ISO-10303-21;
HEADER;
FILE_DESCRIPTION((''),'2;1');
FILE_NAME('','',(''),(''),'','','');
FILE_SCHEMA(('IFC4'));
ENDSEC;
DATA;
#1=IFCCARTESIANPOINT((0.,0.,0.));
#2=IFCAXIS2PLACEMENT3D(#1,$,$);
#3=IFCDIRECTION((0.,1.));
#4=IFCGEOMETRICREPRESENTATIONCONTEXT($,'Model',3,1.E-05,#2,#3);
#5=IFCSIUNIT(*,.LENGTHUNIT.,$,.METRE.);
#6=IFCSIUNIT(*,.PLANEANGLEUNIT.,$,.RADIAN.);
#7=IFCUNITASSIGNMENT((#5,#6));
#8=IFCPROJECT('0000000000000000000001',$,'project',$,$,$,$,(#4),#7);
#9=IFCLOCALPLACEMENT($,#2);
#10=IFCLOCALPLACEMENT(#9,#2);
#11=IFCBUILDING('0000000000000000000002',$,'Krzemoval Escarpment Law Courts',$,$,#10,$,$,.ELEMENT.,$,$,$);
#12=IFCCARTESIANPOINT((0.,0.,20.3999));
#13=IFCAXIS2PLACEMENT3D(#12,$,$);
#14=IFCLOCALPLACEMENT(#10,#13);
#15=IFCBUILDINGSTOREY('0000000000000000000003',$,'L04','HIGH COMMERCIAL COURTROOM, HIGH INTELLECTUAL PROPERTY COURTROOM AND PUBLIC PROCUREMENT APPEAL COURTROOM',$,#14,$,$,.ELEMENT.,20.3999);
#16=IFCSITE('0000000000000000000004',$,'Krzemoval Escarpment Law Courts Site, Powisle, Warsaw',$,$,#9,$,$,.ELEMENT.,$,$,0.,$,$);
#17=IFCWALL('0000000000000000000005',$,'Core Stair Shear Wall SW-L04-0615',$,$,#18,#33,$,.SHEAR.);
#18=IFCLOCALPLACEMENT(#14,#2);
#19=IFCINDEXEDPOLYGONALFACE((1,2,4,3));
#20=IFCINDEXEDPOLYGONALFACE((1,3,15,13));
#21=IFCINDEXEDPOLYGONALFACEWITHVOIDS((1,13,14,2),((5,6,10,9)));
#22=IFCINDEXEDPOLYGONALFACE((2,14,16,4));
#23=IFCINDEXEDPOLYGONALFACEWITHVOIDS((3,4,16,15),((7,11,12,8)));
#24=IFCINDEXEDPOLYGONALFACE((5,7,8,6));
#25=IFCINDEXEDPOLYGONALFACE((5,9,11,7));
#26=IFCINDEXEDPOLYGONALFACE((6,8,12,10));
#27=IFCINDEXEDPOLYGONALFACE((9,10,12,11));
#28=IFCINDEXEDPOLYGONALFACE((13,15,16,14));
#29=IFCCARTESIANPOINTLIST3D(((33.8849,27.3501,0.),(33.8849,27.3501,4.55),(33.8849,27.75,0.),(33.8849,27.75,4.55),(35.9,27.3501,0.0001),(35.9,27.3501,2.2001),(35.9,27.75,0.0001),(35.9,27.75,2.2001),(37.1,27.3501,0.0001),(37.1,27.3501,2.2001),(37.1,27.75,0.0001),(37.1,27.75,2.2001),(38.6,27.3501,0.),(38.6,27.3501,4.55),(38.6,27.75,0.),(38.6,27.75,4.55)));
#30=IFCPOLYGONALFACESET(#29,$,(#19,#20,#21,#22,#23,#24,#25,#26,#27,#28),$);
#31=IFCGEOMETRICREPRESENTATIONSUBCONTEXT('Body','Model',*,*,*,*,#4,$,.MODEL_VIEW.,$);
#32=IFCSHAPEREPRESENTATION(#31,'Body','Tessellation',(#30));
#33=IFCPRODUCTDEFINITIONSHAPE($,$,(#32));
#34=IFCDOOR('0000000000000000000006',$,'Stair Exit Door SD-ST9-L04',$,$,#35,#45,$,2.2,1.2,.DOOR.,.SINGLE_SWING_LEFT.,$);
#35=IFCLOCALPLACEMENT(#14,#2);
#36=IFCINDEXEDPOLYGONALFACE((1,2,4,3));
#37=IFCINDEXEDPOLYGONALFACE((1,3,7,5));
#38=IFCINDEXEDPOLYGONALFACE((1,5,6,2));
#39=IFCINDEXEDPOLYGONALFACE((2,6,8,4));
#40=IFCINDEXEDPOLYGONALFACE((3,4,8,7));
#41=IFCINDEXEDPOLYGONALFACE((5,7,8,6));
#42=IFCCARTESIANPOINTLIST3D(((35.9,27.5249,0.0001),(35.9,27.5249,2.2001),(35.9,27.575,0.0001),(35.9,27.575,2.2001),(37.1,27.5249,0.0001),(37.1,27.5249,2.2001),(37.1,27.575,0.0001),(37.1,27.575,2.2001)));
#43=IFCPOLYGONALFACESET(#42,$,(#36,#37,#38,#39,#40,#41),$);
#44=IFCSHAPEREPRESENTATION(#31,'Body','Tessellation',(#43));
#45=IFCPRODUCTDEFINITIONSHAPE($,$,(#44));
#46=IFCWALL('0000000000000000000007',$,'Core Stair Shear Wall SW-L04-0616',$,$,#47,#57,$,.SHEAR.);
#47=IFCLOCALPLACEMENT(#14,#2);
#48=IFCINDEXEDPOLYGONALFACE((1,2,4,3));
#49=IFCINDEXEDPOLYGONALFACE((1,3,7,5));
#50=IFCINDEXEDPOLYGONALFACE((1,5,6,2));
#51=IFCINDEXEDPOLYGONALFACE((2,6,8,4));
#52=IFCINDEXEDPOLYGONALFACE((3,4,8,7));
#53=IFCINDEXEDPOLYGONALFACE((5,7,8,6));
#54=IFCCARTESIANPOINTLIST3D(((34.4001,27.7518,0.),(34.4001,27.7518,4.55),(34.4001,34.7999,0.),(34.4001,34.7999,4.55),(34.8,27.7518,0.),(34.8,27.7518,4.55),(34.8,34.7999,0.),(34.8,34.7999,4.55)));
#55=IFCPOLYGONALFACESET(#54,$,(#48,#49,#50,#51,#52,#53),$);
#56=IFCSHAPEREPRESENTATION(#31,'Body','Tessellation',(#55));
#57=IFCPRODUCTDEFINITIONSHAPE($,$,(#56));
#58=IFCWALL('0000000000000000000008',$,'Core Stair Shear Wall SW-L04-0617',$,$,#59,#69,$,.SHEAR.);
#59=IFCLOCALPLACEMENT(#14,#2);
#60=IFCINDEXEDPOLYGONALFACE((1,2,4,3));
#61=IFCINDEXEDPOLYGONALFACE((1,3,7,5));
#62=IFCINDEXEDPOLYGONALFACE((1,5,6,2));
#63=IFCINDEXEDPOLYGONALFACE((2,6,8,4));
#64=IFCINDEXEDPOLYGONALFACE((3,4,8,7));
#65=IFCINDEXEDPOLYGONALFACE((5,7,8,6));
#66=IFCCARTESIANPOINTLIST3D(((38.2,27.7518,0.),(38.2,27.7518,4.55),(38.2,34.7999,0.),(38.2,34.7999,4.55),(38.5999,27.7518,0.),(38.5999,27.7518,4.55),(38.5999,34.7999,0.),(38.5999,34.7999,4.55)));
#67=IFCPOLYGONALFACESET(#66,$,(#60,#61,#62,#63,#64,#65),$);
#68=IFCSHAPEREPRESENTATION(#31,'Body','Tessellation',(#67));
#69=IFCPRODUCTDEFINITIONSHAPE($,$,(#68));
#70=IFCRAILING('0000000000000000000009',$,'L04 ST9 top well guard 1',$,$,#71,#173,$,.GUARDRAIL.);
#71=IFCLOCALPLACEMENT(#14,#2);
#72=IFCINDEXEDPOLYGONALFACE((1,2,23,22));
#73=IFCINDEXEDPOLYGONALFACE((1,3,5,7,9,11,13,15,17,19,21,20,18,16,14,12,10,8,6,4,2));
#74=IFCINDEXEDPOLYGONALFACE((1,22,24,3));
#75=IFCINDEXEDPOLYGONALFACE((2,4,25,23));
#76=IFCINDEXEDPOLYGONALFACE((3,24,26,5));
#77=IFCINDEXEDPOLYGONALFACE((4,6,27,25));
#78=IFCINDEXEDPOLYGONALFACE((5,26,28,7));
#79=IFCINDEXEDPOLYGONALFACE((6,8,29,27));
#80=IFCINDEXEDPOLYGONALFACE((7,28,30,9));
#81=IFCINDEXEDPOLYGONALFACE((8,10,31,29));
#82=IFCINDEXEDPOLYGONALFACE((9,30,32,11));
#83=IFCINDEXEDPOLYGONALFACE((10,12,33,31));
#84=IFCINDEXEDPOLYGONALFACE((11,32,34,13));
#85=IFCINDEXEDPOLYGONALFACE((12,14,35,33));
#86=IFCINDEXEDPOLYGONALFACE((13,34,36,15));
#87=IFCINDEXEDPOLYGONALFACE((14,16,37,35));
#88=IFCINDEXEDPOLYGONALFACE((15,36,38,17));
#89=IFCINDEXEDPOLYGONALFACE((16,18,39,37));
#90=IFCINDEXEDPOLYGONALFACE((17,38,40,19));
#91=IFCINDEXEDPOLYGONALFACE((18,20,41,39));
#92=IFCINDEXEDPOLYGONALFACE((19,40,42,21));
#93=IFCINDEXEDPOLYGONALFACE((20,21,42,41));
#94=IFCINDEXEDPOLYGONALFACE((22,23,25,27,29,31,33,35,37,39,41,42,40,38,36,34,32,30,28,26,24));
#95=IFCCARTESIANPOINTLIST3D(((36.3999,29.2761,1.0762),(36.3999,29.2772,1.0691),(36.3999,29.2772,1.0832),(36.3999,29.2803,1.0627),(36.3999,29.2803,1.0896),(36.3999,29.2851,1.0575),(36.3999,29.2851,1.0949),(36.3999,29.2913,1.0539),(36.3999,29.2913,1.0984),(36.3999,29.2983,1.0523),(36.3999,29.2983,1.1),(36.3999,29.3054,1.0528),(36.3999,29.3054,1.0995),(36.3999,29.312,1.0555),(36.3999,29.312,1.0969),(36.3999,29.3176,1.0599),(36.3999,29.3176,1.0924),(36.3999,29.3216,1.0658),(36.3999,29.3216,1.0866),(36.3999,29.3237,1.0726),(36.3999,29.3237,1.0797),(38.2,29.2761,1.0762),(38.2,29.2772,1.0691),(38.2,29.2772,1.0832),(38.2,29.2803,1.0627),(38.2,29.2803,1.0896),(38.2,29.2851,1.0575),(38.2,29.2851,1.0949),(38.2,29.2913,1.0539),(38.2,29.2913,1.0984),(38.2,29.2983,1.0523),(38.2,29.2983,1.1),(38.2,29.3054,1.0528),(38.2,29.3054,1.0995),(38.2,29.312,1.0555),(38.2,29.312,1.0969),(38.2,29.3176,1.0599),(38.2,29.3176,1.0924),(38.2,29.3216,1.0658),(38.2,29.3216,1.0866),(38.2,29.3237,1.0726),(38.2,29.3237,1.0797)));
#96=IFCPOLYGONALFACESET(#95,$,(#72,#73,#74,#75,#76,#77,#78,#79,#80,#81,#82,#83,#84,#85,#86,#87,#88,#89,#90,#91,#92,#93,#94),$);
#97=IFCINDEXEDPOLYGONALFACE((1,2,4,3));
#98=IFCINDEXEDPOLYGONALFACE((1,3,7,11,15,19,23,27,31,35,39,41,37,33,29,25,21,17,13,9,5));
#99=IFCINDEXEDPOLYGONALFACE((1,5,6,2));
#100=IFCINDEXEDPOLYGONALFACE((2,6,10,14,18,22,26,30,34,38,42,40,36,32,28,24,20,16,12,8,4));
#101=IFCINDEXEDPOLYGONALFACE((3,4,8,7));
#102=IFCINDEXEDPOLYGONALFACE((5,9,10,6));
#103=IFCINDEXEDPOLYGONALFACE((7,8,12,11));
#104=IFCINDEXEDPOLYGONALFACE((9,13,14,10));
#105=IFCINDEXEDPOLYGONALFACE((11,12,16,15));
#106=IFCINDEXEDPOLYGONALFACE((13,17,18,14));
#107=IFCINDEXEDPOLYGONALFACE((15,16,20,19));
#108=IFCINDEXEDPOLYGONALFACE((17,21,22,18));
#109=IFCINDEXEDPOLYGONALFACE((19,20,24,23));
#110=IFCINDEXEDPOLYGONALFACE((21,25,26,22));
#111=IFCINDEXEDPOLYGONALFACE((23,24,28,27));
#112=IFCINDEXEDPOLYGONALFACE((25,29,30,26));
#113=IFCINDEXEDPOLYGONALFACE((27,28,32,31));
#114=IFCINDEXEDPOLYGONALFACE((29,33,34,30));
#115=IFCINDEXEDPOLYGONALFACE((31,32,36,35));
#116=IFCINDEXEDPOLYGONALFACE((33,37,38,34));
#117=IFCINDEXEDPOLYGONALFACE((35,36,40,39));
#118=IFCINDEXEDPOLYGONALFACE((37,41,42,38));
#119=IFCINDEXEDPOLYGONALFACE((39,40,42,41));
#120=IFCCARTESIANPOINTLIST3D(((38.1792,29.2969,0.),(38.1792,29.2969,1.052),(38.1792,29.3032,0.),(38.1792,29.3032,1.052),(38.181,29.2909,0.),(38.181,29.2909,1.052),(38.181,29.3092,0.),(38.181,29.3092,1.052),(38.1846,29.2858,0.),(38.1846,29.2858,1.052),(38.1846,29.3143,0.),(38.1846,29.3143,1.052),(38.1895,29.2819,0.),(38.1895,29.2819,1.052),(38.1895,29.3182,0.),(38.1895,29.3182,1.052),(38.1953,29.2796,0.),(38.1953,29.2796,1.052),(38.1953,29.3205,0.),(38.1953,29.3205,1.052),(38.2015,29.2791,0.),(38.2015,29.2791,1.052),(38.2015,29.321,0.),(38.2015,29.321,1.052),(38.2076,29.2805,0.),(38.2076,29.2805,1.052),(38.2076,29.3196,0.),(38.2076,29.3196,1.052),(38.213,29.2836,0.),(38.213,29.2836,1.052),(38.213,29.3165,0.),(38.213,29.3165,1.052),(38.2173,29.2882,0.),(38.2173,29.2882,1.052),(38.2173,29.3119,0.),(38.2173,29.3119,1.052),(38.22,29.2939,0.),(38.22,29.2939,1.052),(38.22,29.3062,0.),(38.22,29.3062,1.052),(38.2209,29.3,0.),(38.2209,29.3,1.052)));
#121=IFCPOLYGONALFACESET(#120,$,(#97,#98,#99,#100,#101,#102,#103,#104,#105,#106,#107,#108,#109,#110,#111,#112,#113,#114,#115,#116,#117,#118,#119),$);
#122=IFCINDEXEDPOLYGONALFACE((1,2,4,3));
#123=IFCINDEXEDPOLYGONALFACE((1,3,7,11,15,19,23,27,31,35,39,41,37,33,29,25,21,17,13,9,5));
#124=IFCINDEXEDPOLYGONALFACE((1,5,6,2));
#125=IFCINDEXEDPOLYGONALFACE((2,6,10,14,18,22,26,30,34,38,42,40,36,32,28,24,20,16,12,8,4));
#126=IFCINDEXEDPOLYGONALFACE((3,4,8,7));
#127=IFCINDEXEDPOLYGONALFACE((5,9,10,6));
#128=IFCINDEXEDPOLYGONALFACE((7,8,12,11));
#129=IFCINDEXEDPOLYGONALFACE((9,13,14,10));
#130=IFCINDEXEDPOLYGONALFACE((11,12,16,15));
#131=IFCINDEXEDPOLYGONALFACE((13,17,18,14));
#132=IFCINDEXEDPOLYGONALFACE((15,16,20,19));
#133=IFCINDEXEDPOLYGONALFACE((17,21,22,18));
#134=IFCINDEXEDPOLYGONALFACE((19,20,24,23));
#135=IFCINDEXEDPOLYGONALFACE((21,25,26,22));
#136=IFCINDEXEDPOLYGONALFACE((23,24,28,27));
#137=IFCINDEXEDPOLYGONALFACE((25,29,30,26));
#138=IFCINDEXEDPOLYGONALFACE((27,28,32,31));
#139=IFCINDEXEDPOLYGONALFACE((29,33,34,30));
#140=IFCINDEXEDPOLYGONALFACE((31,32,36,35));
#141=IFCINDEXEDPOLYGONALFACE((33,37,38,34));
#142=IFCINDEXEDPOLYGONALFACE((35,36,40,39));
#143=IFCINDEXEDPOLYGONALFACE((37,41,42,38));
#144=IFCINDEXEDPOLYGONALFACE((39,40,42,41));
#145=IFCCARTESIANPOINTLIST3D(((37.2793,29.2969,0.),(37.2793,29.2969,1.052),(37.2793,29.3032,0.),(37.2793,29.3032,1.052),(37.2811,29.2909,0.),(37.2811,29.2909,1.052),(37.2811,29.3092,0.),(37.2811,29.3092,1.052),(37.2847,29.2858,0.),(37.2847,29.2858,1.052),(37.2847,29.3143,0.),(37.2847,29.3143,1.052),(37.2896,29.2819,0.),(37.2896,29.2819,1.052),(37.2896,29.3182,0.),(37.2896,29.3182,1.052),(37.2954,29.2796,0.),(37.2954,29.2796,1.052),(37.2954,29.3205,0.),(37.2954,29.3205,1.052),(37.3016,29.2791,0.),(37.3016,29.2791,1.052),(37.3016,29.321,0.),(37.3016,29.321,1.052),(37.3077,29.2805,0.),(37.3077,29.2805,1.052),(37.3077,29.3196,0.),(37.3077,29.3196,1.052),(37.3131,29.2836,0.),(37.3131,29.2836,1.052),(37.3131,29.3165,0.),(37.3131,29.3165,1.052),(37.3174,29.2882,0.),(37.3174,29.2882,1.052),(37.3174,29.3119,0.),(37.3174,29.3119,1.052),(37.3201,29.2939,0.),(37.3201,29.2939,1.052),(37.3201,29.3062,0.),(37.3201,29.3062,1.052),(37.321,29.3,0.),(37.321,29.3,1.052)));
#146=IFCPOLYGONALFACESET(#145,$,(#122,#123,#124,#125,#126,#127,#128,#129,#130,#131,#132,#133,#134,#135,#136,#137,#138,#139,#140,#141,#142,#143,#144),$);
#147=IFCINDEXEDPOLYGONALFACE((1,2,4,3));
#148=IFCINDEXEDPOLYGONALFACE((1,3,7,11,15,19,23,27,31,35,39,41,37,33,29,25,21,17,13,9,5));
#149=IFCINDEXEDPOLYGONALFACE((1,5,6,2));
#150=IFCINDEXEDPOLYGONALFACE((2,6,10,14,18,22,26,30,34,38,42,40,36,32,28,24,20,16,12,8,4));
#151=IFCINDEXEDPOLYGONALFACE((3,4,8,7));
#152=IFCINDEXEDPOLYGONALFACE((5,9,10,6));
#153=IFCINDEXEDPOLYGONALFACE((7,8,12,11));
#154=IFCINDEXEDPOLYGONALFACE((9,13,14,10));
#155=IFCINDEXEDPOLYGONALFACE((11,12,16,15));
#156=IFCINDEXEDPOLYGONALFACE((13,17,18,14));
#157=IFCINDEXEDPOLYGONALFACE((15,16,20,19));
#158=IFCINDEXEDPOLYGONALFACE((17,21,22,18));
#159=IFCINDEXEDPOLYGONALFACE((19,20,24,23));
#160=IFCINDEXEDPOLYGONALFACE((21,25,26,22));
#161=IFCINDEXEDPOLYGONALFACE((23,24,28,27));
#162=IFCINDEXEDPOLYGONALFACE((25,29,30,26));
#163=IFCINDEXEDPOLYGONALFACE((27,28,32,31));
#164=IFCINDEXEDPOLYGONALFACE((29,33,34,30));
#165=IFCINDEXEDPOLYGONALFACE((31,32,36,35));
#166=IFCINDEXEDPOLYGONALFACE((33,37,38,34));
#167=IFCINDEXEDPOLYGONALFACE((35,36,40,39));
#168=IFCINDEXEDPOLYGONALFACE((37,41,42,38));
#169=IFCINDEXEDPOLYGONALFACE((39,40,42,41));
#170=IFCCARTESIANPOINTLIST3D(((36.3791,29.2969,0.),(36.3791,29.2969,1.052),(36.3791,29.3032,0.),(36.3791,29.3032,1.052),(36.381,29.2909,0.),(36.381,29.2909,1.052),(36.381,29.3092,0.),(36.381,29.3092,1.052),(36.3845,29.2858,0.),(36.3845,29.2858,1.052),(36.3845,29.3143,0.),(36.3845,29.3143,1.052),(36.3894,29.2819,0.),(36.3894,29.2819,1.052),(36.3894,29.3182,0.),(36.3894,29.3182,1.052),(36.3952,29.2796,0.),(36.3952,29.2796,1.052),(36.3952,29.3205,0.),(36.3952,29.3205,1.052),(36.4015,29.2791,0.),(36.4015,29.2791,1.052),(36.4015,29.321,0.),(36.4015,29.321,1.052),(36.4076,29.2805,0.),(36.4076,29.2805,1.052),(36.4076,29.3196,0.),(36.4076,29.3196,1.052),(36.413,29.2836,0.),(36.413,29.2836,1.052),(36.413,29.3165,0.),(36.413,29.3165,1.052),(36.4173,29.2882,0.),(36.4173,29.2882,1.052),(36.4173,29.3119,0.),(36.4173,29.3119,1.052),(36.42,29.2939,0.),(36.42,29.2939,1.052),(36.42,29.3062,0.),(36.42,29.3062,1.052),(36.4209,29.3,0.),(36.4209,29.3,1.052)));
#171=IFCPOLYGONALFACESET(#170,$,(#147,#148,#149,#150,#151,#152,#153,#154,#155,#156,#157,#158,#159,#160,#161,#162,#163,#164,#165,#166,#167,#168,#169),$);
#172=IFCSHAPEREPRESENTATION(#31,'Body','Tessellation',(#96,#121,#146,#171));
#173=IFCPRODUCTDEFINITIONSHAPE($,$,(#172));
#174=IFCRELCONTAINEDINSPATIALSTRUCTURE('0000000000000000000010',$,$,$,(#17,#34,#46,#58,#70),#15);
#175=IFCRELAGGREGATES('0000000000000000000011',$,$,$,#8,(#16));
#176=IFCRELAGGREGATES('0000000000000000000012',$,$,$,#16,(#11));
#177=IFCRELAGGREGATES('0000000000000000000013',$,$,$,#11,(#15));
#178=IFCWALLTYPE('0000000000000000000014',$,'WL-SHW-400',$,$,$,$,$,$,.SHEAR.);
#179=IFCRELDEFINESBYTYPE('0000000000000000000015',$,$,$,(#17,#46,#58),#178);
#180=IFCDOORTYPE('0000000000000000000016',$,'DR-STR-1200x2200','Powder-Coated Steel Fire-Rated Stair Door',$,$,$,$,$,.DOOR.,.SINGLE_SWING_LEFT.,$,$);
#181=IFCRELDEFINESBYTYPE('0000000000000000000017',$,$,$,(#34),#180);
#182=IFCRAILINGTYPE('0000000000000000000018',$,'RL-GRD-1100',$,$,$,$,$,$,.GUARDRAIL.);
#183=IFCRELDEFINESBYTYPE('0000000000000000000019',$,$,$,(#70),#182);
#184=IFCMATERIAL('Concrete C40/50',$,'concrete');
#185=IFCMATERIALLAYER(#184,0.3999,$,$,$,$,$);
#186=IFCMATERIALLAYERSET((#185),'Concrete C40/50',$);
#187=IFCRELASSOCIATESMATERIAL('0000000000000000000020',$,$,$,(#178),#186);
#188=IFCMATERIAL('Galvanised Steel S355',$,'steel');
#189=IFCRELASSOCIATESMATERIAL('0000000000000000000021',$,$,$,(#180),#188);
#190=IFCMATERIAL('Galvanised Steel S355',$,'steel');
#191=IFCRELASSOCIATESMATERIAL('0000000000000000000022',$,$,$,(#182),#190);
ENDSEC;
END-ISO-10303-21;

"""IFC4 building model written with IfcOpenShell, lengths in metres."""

from ifc_helpers import new_model, si_unit, direction, frame, frame_2d, origin, origin_2d, place, context, subcontext, project, spatial, rectangle, circle, extrude, material, layer, layer_set, type_object, element, fill, save


model = new_model("IFC4")

# Units and contexts
model_context = context("Model", 3, precision=1e-05, world=origin(), true_north=direction((0.0, 1.0)))
body_context = subcontext(model_context, "Body", "Model", "MODEL_VIEW")
ifc_project = project(units=[si_unit("LENGTHUNIT", "METRE"), si_unit("PLANEANGLEUNIT", "RADIAN")], contexts=[model_context])

# Site, building, storey
site_placement = place(None, origin())
site = spatial("IfcSite", under=ifc_project, at=site_placement, Name="Krzemoval Escarpment Law Courts Site, Powisle, Warsaw", CompositionType="ELEMENT", RefElevation=0.0)
building_placement = place(site_placement, origin())
building = spatial("IfcBuilding", under=site, at=building_placement, Name="Krzemoval Escarpment Law Courts", CompositionType="ELEMENT")
storey_placement = place(building_placement, frame((0.0, 0.0, 20.3999)))
storey = spatial("IfcBuildingStorey", under=building, at=storey_placement, Name="L04", Description="HIGH COMMERCIAL COURTROOM, HIGH INTELLECTUAL PROPERTY COURTROOM AND PUBLIC PROCUREMENT APPEAL COURTROOM", CompositionType="ELEMENT", Elevation=20.3999)

# Wall, opening, door
ifc_material_1 = material(Name="Concrete C40/50", Category="concrete")
ifc_layer_1 = layer(ifc_material_1, 0.3999)
ifc_layer_set_1 = layer_set([ifc_layer_1], Name="Concrete C40/50")
wall_type_1 = type_object("IfcWallType", Name="WL-SHW-400", PredefinedType="SHEAR", material=ifc_layer_set_1)
wall_1_placement = place(storey_placement, frame((33.885, 27.55, 0.0), z_axis=(0.0, 0.0, 1.0), x_axis=(1.0, 0.0, 0.0)))
wall_1 = element("IfcWall", 1, at=wall_1_placement, inside=storey, type_object=wall_type_1, Name="Core Stair Shear Wall SW-L04-0615", PredefinedType="SHEAR", context=body_context, shape_type="SweptSolid", body=[
    extrude(rectangle(XDim=4.7151, YDim=0.3999, at=frame_2d((2.3574, 0.0))), origin(), (0.0, 0.0, 1.0), 4.55),
])
opening_1_placement = place(wall_1_placement, frame((2.0149, 0.0, 0.0)))
opening_1 = element("IfcOpeningElement", 2, at=opening_1_placement, cuts=wall_1, PredefinedType="OPENING", context=body_context, shape_type="SweptSolid", body=[
    extrude(rectangle(XDim=1.2, YDim=2.2, at=frame_2d((0.6001, 1.1001))), frame((0.0, 0.215, 0.0), z_axis=(0.0, -1.0, 0.0), x_axis=(1.0, 0.0, 0.0)), (0.0, 0.0, 1.0), 0.4299),
])
ifc_material_2 = material(Name="Galvanised Steel S355", Category="steel")
door_type = type_object("IfcDoorType", Name="DR-STR-1200x2200", Description="Powder-Coated Steel Fire-Rated Stair Door", OperationType="SINGLE_SWING_LEFT", PredefinedType="DOOR", material=ifc_material_2)
door_placement = place(opening_1_placement, origin())
door = element("IfcDoor", 3, at=door_placement, inside=storey, type_object=door_type, Name="Stair Exit Door SD-ST9-L04", OperationType="SINGLE_SWING_LEFT", OverallHeight=2.2, OverallWidth=1.2, PredefinedType="DOOR", context=body_context, shape_type="SweptSolid", body=[
    extrude(rectangle(XDim=1.2, YDim=2.2, at=frame_2d((0.6001, 1.1001))), frame((0.0, 0.0249, 0.0), z_axis=(0.0, -1.0, 0.0), x_axis=(1.0, 0.0, 0.0)), (0.0, 0.0, 1.0), 0.05),
])
fill(opening_1, door)

# Walls
for number, where, z_axis, x_axis, name in (
    (4, (34.6001, 27.752, 0.0), (0.0, 0.0, 1.0), (0.0, 1.0, 0.0), "Core Stair Shear Wall SW-L04-0616"),
    (5, (38.3999, 27.752, 0.0), (0.0, 0.0, 1.0), (0.0, 1.0, 0.0), "Core Stair Shear Wall SW-L04-0617"),
):
    element("IfcWall", number, at=place(storey_placement, frame(where, z_axis=z_axis, x_axis=x_axis)), inside=storey, type_object=wall_type_1, Name=name, PredefinedType="SHEAR", context=body_context, shape_type="SweptSolid", body=[
        extrude(rectangle(XDim=7.0481, YDim=0.3999, at=frame_2d((3.5239, 0.0))), origin(), (0.0, 0.0, 1.0), 4.55),
    ])

# Railing
ifc_material_3 = material(Name="Galvanised Steel S355", Category="steel")
railing_type = type_object("IfcRailingType", Name="RL-GRD-1100", PredefinedType="GUARDRAIL", material=ifc_material_3)
railing_placement = place(storey_placement, frame((38.2, 29.3, 0.0)))
element("IfcRailing", 6, at=railing_placement, inside=storey, type_object=railing_type, Name="L04 ST9 top well guard 1", PredefinedType="GUARDRAIL", context=body_context, shape_type="SweptSolid", body=[
    extrude(circle(Radius=0.0239, at=origin_2d()), frame((0.0, 0.0, 1.0762), z_axis=(-1.0, 0.0, 0.0), x_axis=(0.0, -1.0, 0.0)), (0.0, 0.0, 1.0), 1.8),
    extrude(circle(Radius=0.021, at=origin_2d()), origin(), (0.0, 0.0, 1.0), 1.052),
    extrude(circle(Radius=0.021, at=origin_2d()), frame((-0.8999, 0.0, 0.0)), (0.0, 0.0, 1.0), 1.052),
    extrude(circle(Radius=0.021, at=origin_2d()), frame((-1.8, 0.0, 0.0)), (0.0, 0.0, 1.0), 1.052),
])

save(model, "model.ifc")
